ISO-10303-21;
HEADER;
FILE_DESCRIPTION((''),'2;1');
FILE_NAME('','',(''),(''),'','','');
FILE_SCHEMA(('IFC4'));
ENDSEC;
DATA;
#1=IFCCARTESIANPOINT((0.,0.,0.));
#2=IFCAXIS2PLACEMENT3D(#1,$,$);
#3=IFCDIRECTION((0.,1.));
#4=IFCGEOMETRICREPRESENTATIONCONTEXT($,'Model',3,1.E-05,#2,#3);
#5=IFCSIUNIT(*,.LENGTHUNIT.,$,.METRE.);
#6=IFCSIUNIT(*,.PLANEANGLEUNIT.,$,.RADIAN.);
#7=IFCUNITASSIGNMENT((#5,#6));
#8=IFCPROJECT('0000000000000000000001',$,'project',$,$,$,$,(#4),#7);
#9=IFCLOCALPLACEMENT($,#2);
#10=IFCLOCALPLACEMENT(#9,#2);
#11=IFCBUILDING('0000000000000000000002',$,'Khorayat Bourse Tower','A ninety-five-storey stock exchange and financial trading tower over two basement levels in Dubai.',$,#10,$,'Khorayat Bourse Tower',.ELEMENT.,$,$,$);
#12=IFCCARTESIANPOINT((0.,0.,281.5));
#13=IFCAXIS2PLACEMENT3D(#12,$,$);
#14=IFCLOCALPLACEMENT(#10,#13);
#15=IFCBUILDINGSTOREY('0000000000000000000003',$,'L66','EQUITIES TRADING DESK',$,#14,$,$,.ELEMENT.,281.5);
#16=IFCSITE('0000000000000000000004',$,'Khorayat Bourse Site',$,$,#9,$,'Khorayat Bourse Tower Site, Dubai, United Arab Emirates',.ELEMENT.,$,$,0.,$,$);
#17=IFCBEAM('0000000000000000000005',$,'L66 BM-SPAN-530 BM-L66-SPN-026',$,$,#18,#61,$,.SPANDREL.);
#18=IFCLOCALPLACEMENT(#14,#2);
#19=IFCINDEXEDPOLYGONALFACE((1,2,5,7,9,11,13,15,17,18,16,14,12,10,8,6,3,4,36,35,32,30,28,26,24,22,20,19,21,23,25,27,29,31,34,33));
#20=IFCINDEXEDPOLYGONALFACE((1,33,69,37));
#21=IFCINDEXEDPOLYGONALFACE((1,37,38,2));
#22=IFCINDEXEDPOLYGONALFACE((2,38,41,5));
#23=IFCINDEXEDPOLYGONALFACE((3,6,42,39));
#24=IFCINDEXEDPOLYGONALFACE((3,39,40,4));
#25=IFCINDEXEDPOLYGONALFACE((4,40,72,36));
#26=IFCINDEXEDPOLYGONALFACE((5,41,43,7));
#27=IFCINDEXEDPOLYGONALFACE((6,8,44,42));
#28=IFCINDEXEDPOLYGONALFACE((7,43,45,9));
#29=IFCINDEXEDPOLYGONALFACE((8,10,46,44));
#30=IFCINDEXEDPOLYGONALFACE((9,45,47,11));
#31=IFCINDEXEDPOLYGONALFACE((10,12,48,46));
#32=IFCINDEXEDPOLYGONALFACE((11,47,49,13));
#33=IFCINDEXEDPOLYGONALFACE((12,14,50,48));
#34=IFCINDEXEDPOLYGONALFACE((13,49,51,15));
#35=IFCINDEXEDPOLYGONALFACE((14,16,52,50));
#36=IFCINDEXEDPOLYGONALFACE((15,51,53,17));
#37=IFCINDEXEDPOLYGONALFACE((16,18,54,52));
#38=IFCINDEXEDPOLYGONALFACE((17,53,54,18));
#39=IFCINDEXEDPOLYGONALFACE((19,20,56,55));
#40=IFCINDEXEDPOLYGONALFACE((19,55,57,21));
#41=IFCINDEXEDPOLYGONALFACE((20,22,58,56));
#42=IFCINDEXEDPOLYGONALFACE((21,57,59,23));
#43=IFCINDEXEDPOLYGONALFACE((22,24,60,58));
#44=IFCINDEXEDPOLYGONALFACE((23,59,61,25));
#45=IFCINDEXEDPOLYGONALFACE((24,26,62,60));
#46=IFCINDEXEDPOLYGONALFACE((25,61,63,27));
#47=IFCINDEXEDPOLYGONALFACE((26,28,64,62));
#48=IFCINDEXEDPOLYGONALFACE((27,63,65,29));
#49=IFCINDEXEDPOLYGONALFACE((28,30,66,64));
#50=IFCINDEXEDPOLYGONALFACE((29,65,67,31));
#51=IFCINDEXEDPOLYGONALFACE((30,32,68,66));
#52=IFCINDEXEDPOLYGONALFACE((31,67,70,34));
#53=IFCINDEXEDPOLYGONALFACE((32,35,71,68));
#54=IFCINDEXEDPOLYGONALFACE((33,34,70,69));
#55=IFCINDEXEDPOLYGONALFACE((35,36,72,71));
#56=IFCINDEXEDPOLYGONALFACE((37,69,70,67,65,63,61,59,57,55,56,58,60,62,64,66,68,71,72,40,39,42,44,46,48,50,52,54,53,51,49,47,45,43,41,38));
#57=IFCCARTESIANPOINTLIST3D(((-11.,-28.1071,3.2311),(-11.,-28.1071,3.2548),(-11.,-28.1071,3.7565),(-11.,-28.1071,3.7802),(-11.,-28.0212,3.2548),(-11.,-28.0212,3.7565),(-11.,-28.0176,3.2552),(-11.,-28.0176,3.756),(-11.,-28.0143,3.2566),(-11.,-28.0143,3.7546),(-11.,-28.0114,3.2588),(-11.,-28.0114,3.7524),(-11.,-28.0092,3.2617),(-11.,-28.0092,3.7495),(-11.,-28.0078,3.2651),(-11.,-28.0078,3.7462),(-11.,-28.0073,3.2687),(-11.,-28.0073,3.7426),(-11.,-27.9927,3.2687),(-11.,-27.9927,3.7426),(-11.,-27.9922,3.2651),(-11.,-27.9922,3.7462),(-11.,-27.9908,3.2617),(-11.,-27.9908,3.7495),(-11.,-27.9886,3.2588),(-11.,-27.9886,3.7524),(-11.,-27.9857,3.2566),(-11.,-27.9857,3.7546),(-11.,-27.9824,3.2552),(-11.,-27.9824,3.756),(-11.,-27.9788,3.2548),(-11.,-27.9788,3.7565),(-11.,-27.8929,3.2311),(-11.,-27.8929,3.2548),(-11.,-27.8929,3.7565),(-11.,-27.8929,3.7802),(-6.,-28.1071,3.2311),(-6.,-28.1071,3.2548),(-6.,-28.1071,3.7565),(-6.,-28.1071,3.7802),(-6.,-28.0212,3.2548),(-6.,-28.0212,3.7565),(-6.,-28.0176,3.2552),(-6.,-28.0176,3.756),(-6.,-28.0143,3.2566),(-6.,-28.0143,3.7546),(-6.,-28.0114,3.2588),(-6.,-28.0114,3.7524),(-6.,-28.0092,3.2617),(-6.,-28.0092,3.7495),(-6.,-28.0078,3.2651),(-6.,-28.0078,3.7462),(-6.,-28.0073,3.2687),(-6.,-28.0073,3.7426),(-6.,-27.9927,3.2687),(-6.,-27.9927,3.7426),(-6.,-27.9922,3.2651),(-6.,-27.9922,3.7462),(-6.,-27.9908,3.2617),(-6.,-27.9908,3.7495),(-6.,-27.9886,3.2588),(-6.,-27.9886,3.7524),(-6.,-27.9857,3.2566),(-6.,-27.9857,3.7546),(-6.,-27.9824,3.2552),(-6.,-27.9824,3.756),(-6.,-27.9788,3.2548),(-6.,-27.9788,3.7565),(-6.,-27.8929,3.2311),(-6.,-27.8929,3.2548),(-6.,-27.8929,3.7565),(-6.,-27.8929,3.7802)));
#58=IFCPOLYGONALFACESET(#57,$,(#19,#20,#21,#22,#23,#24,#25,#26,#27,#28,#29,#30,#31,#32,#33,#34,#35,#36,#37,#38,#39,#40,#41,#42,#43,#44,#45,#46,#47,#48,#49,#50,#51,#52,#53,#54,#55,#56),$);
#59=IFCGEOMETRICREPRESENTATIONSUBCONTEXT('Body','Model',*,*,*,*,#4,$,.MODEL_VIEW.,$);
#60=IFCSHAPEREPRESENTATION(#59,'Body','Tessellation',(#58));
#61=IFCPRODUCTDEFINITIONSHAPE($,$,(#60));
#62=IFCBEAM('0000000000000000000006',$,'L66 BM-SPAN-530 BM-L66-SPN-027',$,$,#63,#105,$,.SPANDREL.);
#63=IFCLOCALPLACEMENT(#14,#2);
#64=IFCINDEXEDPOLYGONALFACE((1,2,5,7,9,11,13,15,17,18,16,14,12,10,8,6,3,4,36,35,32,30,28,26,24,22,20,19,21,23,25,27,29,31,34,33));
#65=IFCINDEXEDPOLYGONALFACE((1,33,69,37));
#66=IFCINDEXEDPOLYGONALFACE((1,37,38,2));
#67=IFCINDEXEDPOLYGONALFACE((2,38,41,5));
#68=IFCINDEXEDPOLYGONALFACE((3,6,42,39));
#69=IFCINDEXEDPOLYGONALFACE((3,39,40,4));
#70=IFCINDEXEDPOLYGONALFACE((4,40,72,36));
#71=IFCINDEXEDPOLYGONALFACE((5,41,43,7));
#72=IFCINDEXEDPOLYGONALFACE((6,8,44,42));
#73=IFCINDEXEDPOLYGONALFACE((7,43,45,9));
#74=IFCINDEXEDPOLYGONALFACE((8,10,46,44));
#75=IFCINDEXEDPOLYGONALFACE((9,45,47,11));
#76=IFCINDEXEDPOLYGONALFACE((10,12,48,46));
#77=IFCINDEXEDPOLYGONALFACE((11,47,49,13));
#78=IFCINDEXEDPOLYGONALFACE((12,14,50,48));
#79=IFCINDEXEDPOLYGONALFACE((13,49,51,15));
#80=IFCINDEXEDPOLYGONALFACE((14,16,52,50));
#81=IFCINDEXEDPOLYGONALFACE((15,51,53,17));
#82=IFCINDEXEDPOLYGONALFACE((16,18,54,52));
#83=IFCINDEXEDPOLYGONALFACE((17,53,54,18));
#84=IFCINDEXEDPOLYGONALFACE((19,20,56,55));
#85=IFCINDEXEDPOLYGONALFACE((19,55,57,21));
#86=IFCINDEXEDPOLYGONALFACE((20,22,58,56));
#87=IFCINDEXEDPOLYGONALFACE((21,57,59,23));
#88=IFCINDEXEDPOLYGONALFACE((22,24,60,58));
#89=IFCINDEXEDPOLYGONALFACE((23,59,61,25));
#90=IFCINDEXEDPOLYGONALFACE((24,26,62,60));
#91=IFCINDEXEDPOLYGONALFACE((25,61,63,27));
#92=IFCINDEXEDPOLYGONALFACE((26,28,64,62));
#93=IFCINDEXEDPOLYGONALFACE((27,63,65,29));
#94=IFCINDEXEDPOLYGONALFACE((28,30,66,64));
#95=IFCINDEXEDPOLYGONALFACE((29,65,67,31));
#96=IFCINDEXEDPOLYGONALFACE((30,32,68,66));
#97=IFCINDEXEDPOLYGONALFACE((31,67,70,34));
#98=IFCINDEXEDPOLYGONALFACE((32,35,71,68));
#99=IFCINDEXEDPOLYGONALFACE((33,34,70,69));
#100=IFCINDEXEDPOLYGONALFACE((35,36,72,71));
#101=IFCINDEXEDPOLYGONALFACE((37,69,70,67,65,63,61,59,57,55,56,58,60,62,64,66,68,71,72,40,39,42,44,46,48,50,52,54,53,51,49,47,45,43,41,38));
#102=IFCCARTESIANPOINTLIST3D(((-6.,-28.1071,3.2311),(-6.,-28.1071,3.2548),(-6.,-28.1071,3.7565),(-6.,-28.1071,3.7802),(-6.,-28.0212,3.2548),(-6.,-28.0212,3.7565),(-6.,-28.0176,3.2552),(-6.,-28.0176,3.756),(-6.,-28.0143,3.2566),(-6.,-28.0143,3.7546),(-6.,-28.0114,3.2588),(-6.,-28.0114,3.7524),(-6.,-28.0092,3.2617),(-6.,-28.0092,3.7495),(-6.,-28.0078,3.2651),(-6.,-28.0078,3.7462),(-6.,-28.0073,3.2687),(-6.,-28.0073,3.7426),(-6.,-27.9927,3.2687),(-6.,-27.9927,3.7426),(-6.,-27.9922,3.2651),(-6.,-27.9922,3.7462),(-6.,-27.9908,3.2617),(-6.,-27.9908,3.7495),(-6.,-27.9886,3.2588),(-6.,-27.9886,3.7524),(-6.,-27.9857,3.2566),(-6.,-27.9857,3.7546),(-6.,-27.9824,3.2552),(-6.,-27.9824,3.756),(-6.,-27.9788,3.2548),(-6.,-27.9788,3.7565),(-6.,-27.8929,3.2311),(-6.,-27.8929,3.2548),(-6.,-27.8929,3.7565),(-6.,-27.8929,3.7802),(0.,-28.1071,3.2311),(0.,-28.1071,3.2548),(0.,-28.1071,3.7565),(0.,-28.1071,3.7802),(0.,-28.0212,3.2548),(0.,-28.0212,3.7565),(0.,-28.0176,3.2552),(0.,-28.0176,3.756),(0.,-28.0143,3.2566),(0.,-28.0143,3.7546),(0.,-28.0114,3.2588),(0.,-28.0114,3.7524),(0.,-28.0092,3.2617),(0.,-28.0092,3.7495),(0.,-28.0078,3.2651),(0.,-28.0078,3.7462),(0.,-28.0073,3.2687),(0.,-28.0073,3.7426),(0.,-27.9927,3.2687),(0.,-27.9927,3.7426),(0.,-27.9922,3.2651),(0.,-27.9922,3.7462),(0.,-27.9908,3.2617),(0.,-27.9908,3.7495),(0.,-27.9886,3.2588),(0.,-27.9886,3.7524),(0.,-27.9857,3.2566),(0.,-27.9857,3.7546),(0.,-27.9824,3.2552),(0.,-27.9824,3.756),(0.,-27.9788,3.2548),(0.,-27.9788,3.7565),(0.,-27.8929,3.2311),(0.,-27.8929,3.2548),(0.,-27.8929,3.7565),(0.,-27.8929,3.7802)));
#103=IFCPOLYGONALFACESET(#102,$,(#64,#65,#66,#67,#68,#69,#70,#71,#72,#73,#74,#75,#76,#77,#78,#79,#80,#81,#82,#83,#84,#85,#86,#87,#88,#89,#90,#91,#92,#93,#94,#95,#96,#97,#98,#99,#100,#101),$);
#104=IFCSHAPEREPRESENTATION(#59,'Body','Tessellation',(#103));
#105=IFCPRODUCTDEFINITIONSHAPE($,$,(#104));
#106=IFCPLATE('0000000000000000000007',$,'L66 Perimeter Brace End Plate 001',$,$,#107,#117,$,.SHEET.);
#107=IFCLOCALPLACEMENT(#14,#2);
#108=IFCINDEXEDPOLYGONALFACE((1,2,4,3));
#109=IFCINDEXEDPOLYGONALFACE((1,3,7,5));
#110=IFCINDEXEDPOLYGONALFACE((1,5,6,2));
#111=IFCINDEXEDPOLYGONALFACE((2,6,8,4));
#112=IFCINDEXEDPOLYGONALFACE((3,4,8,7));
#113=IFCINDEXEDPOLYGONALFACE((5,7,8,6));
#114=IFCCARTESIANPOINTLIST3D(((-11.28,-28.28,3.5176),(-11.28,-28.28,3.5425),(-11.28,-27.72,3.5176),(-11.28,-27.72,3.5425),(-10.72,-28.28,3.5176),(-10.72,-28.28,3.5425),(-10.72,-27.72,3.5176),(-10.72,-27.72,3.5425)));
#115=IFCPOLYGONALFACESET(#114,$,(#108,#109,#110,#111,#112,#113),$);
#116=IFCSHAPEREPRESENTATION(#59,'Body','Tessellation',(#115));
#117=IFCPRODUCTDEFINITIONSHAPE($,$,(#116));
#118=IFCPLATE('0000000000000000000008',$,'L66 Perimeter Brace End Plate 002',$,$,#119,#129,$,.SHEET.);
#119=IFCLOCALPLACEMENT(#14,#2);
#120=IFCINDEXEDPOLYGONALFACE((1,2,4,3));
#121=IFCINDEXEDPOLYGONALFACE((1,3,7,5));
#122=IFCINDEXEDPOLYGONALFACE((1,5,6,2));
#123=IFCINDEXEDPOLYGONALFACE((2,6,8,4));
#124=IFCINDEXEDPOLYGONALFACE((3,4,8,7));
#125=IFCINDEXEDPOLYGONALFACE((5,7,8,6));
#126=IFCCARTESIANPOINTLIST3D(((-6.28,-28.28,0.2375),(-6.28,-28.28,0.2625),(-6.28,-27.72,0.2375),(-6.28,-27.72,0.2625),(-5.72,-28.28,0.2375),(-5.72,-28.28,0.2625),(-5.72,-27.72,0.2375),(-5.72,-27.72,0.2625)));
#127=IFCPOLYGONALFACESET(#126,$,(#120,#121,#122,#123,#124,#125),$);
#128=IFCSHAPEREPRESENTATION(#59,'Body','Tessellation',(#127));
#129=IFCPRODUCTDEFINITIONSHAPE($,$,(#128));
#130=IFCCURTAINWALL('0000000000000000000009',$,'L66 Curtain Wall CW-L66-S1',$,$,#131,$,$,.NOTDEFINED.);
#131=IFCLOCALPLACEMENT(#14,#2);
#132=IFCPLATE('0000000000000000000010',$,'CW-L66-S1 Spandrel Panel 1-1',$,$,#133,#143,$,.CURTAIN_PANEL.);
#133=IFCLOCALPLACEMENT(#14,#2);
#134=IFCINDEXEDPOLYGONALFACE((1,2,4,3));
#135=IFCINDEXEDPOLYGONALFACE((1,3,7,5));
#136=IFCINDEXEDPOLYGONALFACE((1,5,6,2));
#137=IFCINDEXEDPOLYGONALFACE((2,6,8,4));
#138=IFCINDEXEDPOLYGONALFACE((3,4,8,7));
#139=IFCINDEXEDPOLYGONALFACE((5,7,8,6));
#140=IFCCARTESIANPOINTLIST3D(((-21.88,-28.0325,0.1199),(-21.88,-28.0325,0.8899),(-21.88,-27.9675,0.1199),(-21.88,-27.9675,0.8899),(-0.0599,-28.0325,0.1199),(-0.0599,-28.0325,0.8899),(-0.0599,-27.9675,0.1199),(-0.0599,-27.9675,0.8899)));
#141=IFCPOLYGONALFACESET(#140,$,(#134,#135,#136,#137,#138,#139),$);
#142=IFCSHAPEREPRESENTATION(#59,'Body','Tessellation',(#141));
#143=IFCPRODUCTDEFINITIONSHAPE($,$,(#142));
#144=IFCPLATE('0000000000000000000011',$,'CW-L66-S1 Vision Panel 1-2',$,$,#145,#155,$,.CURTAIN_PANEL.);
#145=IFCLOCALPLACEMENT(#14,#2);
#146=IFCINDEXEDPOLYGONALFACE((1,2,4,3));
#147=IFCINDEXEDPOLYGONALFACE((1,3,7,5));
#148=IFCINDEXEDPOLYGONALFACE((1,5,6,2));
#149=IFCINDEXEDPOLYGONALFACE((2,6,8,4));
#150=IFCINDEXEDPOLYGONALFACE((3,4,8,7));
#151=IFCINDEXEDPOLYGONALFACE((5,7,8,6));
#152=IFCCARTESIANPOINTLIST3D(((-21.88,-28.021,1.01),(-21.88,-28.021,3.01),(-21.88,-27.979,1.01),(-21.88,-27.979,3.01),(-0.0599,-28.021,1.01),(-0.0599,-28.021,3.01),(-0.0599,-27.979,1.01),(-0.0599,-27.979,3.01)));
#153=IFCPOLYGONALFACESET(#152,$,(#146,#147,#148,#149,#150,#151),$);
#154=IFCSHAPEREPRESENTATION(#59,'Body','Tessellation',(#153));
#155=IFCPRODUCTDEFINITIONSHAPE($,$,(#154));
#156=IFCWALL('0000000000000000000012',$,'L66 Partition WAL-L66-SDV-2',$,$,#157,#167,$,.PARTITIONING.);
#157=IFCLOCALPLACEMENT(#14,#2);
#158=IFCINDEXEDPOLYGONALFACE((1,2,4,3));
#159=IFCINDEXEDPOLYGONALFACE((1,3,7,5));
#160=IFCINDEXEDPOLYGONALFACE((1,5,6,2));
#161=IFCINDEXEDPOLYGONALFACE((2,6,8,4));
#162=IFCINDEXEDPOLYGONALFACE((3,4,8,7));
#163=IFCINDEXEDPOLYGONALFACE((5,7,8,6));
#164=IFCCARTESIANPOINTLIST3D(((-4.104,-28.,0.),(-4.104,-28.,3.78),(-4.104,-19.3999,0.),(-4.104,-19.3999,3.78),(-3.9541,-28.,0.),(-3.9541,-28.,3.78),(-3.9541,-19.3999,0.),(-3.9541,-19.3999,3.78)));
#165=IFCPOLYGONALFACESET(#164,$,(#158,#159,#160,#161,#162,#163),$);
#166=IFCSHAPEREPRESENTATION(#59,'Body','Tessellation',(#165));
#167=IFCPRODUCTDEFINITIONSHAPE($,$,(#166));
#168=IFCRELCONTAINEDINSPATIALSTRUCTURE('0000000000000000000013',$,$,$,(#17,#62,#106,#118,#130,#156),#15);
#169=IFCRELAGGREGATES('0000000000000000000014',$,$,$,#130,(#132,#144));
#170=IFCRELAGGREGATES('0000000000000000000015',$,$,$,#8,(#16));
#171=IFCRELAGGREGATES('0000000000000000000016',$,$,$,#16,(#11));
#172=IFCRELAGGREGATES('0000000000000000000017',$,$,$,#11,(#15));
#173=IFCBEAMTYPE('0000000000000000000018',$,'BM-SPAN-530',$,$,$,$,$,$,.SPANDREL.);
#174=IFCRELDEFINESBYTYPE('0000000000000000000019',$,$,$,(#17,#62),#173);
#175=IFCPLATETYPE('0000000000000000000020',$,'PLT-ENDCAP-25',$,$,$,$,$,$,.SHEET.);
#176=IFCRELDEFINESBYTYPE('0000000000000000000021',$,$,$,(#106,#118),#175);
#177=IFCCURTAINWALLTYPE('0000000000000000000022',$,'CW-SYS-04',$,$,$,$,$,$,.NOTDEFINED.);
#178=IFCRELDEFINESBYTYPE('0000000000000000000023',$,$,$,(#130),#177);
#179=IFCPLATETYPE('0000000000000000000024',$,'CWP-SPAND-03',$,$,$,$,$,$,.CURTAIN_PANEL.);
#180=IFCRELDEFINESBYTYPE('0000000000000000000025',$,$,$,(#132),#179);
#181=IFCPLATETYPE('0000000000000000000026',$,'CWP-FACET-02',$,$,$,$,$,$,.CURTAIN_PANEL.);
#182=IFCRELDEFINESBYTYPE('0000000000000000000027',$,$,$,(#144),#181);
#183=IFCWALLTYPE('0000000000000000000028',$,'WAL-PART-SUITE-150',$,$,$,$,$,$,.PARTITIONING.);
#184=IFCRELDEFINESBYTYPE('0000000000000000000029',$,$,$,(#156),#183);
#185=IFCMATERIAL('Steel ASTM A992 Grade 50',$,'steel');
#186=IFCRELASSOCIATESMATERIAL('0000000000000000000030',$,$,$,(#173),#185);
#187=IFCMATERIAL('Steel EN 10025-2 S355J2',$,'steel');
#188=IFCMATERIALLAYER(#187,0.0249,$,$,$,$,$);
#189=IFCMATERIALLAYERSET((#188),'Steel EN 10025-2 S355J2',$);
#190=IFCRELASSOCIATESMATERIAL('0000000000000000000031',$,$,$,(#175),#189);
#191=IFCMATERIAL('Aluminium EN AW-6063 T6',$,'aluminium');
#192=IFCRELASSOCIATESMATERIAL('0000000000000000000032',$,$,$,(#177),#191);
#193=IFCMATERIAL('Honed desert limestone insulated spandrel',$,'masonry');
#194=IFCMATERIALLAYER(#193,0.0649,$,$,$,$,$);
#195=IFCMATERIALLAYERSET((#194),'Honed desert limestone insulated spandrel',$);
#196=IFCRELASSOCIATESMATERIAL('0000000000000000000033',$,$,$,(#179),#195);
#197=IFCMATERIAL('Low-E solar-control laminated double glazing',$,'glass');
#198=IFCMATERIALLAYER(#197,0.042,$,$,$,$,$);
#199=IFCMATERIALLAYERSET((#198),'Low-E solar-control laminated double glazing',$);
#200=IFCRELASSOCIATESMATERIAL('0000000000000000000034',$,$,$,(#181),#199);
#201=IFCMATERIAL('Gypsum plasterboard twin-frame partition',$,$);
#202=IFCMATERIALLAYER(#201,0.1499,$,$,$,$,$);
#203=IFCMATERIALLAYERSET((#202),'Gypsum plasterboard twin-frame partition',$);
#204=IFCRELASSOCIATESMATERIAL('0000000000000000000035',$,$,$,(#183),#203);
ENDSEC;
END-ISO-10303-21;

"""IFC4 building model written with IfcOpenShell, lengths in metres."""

from ifc_helpers import new_model, si_unit, direction, frame, frame_2d, origin, origin_2d, place, context, subcontext, project, spatial, rectangle, i_section, extrude, source, transform, mapped, material, layer, layer_set, material_profile, profile_set, type_object, element, aggregate, save


model = new_model("IFC4")

# Units and contexts
model_context = context("Model", 3, precision=1e-05, world=origin(), true_north=direction((0.0, 1.0)))
body_context = subcontext(model_context, "Body", "Model", "MODEL_VIEW")
ifc_project = project(units=[si_unit("LENGTHUNIT", "METRE"), si_unit("PLANEANGLEUNIT", "RADIAN")], contexts=[model_context])

# Site, building, storey
site_placement = place(None, origin())
site = spatial("IfcSite", under=ifc_project, at=site_placement, Name="Khorayat Bourse Site", LongName="Khorayat Bourse Tower Site, Dubai, United Arab Emirates", CompositionType="ELEMENT", RefElevation=0.0)
building_placement = place(site_placement, origin())
building = spatial("IfcBuilding", under=site, at=building_placement, Name="Khorayat Bourse Tower", Description="A ninety-five-storey stock exchange and financial trading tower over two basement levels in Dubai.", LongName="Khorayat Bourse Tower", CompositionType="ELEMENT")
storey_placement = place(building_placement, frame((0.0, 0.0, 281.5)))
storey = spatial("IfcBuildingStorey", under=building, at=storey_placement, Name="L66", Description="EQUITIES TRADING DESK", CompositionType="ELEMENT", Elevation=281.5)

# Beams
ifc_material_1 = material(Name="Steel ASTM A992 Grade 50", Category="steel")
ifc_material_profile_1 = material_profile(ifc_material_1, i_section(OverallWidth=0.2141, OverallDepth=0.5491, WebThickness=0.0146, FlangeThickness=0.0237, FilletRadius=0.0139, at=origin_2d()), Name="W530X138")
ifc_profile_set_1 = profile_set([ifc_material_profile_1], Name="Steel ASTM A992 Grade 50")
beam_type_1 = type_object("IfcBeamType", Name="BM-SPAN-530", PredefinedType="SPANDREL", material=ifc_profile_set_1)
shared_shape_1 = source(origin(), body_context, "Body", "SweptSolid", [
    extrude(i_section(OverallWidth=0.2141, OverallDepth=0.5491, WebThickness=0.0146, FlangeThickness=0.0237, FilletRadius=0.0139, at=origin_2d()), origin(), (0.0, 0.0, 1.0), 5.0),
])
beam_1_placement = place(storey_placement, frame((-11.0, -28.0, 3.5056), z_axis=(1.0, 0.0, 0.0), x_axis=(0.0, 1.0, 0.0)))
element("IfcBeam", 1, at=beam_1_placement, inside=storey, type_object=beam_type_1, Name="L66 BM-SPAN-530 BM-L66-SPN-026", PredefinedType="SPANDREL", context=body_context, shape_type="MappedRepresentation", body=[
    mapped(shared_shape_1, transform((0.0, 0.0, 0.0), scale=1.0)),
])
shared_shape_2 = source(origin(), body_context, "Body", "SweptSolid", [
    extrude(i_section(OverallWidth=0.2141, OverallDepth=0.5491, WebThickness=0.0146, FlangeThickness=0.0237, FilletRadius=0.0139, at=origin_2d()), origin(), (0.0, 0.0, 1.0), 6.0),
])
beam_2_placement = place(storey_placement, frame((-6.0, -28.0, 3.5056), z_axis=(1.0, 0.0, 0.0), x_axis=(0.0, 1.0, 0.0)))
element("IfcBeam", 2, at=beam_2_placement, inside=storey, type_object=beam_type_1, Name="L66 BM-SPAN-530 BM-L66-SPN-027", PredefinedType="SPANDREL", context=body_context, shape_type="MappedRepresentation", body=[
    mapped(shared_shape_2, transform((0.0, 0.0, 0.0), scale=1.0)),
])

# Plates
ifc_material_2 = material(Name="Steel EN 10025-2 S355J2", Category="steel")
ifc_layer_1 = layer(ifc_material_2, 0.0249)
ifc_layer_set_1 = layer_set([ifc_layer_1], Name="Steel EN 10025-2 S355J2")
plate_type_1 = type_object("IfcPlateType", Name="PLT-ENDCAP-25", PredefinedType="SHEET", material=ifc_layer_set_1)
shared_shape_3 = source(origin(), body_context, "Body", "SweptSolid", [
    extrude(rectangle(XDim=0.5601, YDim=0.5601, at=origin_2d()), origin(), (0.0, 0.0, 1.0), 0.0249),
])
for number, where, z_axis, x_axis, name in (
    (3, (-11.0, -28.0, 3.5176), (0.0, 0.0, 1.0), (1.0, 0.0, 0.0), "L66 Perimeter Brace End Plate 001"),
    (4, (-6.0, -28.0, 0.2375), (0.0, 0.0, 1.0), (1.0, 0.0, 0.0), "L66 Perimeter Brace End Plate 002"),
):
    element("IfcPlate", number, at=place(storey_placement, frame(where, z_axis=z_axis, x_axis=x_axis)), inside=storey, type_object=plate_type_1, Name=name, PredefinedType="SHEET", context=body_context, shape_type="MappedRepresentation", body=[
        mapped(shared_shape_3, transform((0.0, 0.0, 0.0), scale=1.0)),
    ])

# Curtain wall, plates
ifc_material_3 = material(Name="Aluminium EN AW-6063 T6", Category="aluminium")
curtain_wall_type = type_object("IfcCurtainWallType", Name="CW-SYS-04", PredefinedType="NOTDEFINED", material=ifc_material_3)
curtain_wall_placement = place(storey_placement, origin())
curtain_wall = element("IfcCurtainWall", 5, at=curtain_wall_placement, inside=storey, type_object=curtain_wall_type, Name="L66 Curtain Wall CW-L66-S1", PredefinedType="NOTDEFINED")
ifc_material_4 = material(Name="Honed desert limestone insulated spandrel", Category="masonry")
ifc_layer_2 = layer(ifc_material_4, 0.0649)
ifc_layer_set_2 = layer_set([ifc_layer_2], Name="Honed desert limestone insulated spandrel")
plate_type_2 = type_object("IfcPlateType", Name="CWP-SPAND-03", PredefinedType="CURTAIN_PANEL", material=ifc_layer_set_2)
shared_shape_4 = source(origin(), body_context, "Body", "SweptSolid", [
    extrude(rectangle(XDim=21.8201, YDim=0.0649, at=origin_2d()), origin(), (0.0, 0.0, 1.0), 0.77),
])
plate_1_placement = place(storey_placement, frame((-10.97, -28.0, 0.1199), z_axis=(0.0, 0.0, 1.0), x_axis=(1.0, 0.0, 0.0)))
plate_1 = element("IfcPlate", 6, at=plate_1_placement, type_object=plate_type_2, Name="CW-L66-S1 Spandrel Panel 1-1", PredefinedType="CURTAIN_PANEL", context=body_context, shape_type="MappedRepresentation", body=[
    mapped(shared_shape_4, transform((0.0, 0.0, 0.0), scale=1.0)),
])
ifc_material_5 = material(Name="Low-E solar-control laminated double glazing", Category="glass")
ifc_layer_3 = layer(ifc_material_5, 0.042)
ifc_layer_set_3 = layer_set([ifc_layer_3], Name="Low-E solar-control laminated double glazing")
plate_type_3 = type_object("IfcPlateType", Name="CWP-FACET-02", PredefinedType="CURTAIN_PANEL", material=ifc_layer_set_3)
shared_shape_5 = source(origin(), body_context, "Body", "SweptSolid", [
    extrude(rectangle(XDim=21.8201, YDim=0.042, at=origin_2d()), origin(), (0.0, 0.0, 1.0), 2.0),
])
plate_2_placement = place(storey_placement, frame((-10.97, -28.0, 1.01), z_axis=(0.0, 0.0, 1.0), x_axis=(1.0, 0.0, 0.0)))
plate_2 = element("IfcPlate", 7, at=plate_2_placement, type_object=plate_type_3, Name="CW-L66-S1 Vision Panel 1-2", PredefinedType="CURTAIN_PANEL", context=body_context, shape_type="MappedRepresentation", body=[
    mapped(shared_shape_5, transform((0.0, 0.0, 0.0), scale=1.0)),
])
aggregate(curtain_wall, [plate_1, plate_2])

# Wall
ifc_material_6 = material(Name="Gypsum plasterboard twin-frame partition")
ifc_layer_4 = layer(ifc_material_6, 0.1499)
ifc_layer_set_4 = layer_set([ifc_layer_4], Name="Gypsum plasterboard twin-frame partition")
wall_type_1 = type_object("IfcWallType", Name="WAL-PART-SUITE-150", PredefinedType="PARTITIONING", material=ifc_layer_set_4)
shared_shape_6 = source(origin(), body_context, "Body", "SweptSolid", [
    extrude(rectangle(XDim=8.6001, YDim=0.1499, at=frame_2d((4.3, 0.0))), origin(), (0.0, 0.0, 1.0), 3.78),
])
wall_1_placement = place(storey_placement, frame((-4.0291, -28.0, 0.0), z_axis=(0.0, 0.0, 1.0), x_axis=(0.0, 1.0, 0.0)))
element("IfcWall", 8, at=wall_1_placement, inside=storey, type_object=wall_type_1, Name="L66 Partition WAL-L66-SDV-2", PredefinedType="PARTITIONING", context=body_context, shape_type="MappedRepresentation", body=[
    mapped(shared_shape_6, transform((0.0, 0.0, 0.0), scale=1.0)),
])

save(model, "model.ifc")
